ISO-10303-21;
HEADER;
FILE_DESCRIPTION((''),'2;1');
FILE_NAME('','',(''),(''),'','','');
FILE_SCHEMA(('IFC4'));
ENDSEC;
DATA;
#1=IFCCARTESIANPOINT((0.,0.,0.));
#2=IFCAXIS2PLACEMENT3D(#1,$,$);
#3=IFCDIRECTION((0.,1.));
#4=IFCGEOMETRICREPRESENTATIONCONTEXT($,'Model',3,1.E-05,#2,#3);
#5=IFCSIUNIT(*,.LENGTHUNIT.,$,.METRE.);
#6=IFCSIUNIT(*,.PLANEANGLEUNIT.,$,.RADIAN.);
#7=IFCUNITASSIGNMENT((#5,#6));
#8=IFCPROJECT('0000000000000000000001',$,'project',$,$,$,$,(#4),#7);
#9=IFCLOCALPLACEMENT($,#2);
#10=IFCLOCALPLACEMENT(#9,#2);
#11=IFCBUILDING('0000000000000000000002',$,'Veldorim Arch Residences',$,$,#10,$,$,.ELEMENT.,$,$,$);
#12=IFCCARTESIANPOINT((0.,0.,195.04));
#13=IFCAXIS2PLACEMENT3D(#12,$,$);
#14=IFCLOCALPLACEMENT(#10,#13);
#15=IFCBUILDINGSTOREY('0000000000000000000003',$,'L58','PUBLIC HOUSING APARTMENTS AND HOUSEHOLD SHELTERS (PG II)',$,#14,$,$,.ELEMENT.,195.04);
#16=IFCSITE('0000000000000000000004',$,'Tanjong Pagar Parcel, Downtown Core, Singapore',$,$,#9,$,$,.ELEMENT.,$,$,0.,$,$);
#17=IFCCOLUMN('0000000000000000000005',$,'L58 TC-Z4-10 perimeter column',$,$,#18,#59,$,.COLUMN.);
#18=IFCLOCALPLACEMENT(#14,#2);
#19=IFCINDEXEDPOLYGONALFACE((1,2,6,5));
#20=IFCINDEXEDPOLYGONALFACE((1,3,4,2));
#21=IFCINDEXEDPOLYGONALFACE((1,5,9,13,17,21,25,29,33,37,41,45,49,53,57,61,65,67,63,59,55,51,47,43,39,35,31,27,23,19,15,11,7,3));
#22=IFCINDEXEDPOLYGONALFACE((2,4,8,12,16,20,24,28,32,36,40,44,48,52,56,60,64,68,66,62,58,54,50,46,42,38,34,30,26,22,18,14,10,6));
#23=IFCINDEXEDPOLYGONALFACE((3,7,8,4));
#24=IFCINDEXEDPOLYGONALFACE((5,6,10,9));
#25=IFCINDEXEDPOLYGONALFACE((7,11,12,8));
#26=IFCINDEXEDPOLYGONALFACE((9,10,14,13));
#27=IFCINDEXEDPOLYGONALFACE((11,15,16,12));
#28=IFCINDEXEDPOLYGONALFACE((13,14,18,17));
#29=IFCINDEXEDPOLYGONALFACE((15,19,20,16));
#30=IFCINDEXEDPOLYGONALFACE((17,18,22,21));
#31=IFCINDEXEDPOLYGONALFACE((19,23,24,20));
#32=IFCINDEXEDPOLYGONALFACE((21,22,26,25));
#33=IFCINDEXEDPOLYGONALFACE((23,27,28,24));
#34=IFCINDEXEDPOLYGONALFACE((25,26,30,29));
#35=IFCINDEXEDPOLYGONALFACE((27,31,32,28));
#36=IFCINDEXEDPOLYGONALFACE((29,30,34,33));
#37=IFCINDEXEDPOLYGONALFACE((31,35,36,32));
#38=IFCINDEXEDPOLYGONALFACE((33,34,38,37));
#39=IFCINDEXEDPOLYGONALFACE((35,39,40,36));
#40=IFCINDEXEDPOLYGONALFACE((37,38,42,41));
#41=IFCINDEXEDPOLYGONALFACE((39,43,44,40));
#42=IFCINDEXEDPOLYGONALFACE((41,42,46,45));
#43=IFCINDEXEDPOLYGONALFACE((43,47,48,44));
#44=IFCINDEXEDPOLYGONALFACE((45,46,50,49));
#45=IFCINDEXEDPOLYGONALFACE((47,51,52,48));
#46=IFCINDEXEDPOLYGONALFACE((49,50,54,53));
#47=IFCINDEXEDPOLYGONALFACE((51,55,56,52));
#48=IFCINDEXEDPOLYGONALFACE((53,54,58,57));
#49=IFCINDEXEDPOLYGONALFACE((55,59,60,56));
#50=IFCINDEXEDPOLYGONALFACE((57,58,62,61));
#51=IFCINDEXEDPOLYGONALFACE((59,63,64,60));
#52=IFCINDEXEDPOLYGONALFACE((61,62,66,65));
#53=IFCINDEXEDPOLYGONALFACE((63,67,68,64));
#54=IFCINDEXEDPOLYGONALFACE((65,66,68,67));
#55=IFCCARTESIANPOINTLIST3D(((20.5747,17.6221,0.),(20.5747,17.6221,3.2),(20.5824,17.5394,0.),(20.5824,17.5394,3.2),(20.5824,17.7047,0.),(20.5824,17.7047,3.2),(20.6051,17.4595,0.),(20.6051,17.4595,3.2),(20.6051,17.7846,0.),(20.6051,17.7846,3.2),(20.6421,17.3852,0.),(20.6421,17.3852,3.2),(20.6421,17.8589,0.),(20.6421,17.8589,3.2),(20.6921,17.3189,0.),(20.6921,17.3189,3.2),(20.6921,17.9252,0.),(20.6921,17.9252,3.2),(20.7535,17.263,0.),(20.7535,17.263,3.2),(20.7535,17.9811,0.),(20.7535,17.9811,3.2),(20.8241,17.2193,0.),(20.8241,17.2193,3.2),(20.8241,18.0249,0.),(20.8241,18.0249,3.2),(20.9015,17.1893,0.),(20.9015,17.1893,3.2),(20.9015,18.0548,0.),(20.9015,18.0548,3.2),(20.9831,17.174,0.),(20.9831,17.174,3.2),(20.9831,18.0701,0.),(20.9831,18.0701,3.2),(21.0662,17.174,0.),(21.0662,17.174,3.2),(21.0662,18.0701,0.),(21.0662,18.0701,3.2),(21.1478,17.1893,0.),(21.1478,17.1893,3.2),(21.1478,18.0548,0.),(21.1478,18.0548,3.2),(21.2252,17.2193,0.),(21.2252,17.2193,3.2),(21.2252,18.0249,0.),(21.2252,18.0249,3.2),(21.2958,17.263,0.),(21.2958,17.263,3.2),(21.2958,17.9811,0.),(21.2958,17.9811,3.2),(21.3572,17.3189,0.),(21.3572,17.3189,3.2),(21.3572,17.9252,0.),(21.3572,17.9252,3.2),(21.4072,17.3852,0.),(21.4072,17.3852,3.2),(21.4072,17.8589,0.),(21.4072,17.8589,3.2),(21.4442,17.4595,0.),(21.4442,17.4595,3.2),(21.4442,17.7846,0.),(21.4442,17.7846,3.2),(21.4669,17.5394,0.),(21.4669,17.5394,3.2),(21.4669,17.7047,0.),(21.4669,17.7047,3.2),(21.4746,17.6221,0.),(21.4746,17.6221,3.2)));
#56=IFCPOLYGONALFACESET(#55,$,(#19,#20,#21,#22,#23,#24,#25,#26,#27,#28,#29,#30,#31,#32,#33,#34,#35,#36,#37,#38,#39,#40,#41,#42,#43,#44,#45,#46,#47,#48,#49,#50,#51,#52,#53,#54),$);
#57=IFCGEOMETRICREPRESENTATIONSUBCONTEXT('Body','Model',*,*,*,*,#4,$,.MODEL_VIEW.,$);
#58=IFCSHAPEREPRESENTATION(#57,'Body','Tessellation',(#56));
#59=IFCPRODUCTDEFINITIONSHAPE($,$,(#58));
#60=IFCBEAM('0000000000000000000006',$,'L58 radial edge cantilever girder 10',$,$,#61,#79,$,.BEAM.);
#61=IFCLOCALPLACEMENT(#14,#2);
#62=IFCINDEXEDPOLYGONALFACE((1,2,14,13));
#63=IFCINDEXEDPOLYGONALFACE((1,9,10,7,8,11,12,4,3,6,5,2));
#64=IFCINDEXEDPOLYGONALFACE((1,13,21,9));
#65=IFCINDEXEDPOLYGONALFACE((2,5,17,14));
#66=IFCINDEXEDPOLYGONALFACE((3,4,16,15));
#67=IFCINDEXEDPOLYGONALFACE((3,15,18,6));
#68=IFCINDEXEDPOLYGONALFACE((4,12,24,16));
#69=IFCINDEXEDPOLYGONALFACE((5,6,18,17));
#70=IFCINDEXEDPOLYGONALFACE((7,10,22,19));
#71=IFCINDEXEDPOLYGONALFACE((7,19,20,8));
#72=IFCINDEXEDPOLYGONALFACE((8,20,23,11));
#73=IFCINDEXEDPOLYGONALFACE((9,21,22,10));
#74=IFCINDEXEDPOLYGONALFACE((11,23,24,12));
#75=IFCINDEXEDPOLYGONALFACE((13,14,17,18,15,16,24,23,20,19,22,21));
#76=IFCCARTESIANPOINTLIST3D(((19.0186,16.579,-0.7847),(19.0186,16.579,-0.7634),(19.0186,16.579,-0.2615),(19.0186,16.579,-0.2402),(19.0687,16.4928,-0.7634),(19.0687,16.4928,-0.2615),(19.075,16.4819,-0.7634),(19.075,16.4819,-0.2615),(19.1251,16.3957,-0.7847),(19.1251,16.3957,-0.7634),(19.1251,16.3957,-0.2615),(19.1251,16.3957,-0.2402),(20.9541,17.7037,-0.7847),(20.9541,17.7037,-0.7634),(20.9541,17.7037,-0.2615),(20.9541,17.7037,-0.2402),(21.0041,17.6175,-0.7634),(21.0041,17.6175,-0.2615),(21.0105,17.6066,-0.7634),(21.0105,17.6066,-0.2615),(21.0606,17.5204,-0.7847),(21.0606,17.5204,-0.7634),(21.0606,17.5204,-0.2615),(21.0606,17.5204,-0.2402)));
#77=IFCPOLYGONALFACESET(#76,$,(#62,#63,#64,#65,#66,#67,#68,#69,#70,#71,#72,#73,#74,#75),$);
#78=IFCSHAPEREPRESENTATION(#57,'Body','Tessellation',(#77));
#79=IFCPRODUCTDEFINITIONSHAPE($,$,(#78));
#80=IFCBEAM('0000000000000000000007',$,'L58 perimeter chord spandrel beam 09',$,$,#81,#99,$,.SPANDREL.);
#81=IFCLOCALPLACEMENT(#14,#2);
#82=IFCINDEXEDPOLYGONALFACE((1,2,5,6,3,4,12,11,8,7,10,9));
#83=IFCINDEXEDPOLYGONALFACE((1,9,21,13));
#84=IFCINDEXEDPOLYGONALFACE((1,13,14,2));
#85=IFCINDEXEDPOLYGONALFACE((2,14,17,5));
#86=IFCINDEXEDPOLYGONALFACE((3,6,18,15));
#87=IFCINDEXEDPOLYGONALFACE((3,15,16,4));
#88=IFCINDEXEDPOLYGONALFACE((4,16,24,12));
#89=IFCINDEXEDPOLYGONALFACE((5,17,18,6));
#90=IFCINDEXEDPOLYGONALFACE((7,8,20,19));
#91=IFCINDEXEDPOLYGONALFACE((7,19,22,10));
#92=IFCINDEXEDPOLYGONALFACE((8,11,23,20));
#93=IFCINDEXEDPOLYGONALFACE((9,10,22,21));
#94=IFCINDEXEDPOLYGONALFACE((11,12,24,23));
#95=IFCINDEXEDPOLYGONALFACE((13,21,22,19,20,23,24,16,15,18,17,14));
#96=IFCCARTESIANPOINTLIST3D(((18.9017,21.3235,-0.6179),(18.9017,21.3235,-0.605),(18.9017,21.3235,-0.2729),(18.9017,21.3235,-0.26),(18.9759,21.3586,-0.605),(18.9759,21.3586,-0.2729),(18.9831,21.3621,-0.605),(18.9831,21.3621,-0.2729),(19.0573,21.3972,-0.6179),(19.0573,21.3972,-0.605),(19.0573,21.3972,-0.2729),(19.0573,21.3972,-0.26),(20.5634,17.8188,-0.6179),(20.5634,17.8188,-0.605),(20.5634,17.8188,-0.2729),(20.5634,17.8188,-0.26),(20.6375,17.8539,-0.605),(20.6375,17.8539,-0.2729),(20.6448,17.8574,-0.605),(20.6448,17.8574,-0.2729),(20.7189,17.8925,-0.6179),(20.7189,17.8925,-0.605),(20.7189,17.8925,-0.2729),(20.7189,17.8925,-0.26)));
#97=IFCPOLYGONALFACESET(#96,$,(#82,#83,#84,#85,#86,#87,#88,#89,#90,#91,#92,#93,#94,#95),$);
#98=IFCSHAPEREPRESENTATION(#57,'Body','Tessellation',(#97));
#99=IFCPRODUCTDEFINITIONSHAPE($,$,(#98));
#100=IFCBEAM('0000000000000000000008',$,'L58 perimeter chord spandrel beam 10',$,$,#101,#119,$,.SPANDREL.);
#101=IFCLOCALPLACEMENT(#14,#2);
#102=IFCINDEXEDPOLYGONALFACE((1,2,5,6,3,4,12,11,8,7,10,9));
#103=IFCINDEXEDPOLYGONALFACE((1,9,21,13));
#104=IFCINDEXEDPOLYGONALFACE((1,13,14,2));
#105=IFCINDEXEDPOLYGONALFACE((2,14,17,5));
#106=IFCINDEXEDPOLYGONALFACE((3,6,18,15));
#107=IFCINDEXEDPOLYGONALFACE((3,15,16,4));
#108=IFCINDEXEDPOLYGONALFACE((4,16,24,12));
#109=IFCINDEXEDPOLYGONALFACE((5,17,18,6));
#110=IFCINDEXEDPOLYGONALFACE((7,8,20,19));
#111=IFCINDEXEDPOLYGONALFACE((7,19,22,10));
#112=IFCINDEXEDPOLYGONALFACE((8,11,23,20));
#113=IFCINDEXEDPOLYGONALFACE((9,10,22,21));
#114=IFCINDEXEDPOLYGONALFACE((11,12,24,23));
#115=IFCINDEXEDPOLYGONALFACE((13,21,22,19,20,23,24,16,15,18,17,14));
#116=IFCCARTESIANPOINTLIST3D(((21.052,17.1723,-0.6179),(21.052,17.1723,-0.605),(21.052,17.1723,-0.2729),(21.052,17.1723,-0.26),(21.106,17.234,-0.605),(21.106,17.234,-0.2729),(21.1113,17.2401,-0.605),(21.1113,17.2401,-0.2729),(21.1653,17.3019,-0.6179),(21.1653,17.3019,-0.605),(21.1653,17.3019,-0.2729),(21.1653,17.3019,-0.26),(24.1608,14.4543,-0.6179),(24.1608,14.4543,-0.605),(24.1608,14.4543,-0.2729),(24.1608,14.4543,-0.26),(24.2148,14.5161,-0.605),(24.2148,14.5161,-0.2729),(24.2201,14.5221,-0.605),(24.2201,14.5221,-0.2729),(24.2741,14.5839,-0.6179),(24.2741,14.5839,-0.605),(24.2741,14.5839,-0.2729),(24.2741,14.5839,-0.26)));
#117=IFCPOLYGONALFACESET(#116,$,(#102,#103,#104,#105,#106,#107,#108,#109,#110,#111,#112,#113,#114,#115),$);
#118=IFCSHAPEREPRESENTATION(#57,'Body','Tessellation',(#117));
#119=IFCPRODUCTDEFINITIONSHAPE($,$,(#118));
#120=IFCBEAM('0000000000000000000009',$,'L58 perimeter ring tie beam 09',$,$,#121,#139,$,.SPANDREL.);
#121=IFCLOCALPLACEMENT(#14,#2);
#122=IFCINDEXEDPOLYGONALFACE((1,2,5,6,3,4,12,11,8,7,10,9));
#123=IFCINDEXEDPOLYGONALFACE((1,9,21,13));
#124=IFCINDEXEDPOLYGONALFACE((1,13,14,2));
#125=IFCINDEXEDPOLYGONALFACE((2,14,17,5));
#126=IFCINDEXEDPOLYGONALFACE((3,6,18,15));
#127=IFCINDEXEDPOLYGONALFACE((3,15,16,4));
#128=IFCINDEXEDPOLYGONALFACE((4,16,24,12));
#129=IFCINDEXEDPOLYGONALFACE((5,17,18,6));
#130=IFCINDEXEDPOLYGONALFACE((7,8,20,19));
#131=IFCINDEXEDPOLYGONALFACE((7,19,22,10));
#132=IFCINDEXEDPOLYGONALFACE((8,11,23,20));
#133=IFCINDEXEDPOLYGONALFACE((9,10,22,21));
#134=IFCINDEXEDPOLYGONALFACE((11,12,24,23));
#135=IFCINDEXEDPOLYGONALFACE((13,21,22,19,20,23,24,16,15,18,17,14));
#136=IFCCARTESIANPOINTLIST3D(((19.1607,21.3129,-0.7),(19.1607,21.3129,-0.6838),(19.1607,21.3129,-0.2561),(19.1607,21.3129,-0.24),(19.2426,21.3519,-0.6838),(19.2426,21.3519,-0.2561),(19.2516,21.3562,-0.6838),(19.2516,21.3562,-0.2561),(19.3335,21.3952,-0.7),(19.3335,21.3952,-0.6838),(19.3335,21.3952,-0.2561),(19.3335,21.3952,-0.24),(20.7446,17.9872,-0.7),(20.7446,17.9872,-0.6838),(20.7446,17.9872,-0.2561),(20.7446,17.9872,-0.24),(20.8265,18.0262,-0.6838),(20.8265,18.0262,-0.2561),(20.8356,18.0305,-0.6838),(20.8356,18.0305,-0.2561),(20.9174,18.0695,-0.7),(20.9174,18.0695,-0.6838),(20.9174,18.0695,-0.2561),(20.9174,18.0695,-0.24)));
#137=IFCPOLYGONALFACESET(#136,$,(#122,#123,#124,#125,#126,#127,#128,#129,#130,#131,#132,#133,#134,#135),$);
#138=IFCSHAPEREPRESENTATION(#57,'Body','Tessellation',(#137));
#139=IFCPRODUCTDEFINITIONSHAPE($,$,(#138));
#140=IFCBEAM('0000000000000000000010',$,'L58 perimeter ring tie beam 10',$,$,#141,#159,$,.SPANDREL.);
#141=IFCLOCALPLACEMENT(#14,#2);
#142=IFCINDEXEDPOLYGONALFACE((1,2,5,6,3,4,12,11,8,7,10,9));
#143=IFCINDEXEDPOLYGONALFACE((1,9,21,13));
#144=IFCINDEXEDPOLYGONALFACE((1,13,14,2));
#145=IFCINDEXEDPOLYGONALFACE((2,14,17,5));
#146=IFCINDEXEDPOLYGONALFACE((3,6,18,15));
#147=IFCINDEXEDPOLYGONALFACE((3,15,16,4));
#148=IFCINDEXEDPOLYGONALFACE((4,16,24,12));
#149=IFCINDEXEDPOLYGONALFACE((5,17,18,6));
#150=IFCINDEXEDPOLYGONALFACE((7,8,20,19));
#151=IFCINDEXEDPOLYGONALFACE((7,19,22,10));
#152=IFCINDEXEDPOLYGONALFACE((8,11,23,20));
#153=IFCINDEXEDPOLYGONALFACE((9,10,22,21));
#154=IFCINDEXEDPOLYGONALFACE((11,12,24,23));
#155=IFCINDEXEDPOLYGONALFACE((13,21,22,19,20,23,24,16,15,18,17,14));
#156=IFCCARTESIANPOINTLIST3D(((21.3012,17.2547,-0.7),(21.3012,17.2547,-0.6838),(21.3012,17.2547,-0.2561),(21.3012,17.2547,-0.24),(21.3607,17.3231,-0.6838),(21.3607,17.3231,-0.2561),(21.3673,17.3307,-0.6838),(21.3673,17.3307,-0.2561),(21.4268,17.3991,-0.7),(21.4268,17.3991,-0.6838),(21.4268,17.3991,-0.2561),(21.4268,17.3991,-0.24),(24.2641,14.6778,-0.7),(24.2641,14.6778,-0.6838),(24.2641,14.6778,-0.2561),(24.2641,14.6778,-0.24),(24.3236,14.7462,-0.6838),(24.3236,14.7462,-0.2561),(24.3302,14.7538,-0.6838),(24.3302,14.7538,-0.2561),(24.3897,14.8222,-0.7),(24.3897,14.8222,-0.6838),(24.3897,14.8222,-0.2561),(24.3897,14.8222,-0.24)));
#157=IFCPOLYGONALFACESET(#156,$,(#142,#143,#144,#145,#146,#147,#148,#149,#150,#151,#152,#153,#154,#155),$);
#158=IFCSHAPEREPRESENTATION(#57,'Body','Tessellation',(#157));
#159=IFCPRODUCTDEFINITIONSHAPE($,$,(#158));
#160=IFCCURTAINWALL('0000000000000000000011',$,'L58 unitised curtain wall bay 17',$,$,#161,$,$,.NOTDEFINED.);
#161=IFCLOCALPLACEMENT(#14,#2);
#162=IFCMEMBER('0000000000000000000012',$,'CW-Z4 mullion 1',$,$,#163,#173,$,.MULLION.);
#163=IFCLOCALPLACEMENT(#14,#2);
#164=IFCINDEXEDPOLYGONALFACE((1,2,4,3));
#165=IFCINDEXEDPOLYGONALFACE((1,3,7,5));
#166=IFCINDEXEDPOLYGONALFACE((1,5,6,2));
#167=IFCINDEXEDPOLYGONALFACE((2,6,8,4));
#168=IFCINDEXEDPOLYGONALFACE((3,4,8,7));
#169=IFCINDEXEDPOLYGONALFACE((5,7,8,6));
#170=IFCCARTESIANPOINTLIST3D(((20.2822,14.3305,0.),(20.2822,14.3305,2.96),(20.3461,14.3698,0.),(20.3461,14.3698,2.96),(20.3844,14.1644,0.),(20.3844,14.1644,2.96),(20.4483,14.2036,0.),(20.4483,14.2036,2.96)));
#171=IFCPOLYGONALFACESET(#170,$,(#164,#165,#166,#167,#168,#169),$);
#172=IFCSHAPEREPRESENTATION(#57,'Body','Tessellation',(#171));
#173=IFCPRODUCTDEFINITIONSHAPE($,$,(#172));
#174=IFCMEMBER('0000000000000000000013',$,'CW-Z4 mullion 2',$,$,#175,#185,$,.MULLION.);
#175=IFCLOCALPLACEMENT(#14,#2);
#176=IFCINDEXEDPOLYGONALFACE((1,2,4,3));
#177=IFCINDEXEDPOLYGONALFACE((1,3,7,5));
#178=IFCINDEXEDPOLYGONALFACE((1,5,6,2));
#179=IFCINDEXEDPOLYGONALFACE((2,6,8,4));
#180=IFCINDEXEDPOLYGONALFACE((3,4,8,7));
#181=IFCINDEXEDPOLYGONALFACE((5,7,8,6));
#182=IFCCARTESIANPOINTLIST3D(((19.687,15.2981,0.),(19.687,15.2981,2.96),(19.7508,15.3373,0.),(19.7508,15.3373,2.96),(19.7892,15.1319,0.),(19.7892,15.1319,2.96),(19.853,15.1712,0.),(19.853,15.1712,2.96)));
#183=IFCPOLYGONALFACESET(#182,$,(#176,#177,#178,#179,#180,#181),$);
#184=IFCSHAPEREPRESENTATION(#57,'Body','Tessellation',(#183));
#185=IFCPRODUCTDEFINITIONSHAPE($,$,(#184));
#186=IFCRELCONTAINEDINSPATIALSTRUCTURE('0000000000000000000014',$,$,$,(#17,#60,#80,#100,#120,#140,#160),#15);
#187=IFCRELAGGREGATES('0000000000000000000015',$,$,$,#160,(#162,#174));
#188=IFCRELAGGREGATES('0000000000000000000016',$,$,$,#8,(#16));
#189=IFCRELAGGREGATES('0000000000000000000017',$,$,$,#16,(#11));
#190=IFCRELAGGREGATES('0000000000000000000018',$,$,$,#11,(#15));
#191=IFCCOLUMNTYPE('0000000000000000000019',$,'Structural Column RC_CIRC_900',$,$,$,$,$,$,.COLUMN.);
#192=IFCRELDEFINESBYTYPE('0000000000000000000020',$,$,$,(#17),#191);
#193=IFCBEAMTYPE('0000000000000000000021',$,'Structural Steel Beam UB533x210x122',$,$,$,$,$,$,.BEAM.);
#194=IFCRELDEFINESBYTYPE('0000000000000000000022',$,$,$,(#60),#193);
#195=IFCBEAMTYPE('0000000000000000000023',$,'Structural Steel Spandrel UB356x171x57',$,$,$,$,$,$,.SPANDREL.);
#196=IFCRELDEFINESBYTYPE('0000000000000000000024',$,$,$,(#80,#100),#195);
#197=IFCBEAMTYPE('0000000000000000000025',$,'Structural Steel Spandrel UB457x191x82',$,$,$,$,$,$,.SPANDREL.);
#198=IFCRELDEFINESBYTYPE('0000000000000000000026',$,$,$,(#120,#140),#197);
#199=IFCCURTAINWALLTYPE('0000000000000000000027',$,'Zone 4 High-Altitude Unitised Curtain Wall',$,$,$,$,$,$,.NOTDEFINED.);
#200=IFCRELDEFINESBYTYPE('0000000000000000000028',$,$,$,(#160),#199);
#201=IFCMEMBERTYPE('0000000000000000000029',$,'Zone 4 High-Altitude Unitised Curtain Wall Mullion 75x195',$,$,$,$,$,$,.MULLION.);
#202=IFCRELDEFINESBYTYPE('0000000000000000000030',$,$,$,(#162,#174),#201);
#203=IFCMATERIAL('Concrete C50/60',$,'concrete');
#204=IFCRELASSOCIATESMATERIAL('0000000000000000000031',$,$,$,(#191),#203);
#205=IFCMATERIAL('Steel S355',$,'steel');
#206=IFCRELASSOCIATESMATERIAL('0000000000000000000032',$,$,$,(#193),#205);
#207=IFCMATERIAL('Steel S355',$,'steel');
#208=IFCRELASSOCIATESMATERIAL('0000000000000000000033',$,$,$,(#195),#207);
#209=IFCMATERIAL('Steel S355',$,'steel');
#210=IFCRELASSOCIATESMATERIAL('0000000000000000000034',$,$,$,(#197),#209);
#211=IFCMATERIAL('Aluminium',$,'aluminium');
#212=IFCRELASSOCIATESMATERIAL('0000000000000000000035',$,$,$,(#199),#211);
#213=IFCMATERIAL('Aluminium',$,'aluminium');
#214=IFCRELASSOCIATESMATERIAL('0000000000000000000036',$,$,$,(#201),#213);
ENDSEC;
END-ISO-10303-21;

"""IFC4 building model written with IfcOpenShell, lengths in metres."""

from ifc_helpers import new_model, si_unit, direction, frame, origin, origin_2d, place, context, subcontext, project, spatial, rectangle, circle, i_section, extrude, material, material_profile, profile_set, type_object, element, aggregate, save


model = new_model("IFC4")

# Units and contexts
model_context = context("Model", 3, precision=1e-05, world=origin(), true_north=direction((0.0, 1.0)))
body_context = subcontext(model_context, "Body", "Model", "MODEL_VIEW")
ifc_project = project(units=[si_unit("LENGTHUNIT", "METRE"), si_unit("PLANEANGLEUNIT", "RADIAN")], contexts=[model_context])

# Site, building, storey
site_placement = place(None, origin())
site = spatial("IfcSite", under=ifc_project, at=site_placement, Name="Tanjong Pagar Parcel, Downtown Core, Singapore", CompositionType="ELEMENT", RefElevation=0.0)
building_placement = place(site_placement, origin())
building = spatial("IfcBuilding", under=site, at=building_placement, Name="Veldorim Arch Residences", CompositionType="ELEMENT")
storey_placement = place(building_placement, frame((0.0, 0.0, 195.04)))
storey = spatial("IfcBuildingStorey", under=building, at=storey_placement, Name="L58", Description="PUBLIC HOUSING APARTMENTS AND HOUSEHOLD SHELTERS (PG II)", CompositionType="ELEMENT", Elevation=195.04)

# Column
ifc_material_1 = material(Name="Concrete C50/60", Category="concrete")
ifc_material_profile_1 = material_profile(ifc_material_1, circle(Radius=0.45, at=origin_2d()), Name="RC_CIRC_900")
ifc_profile_set_1 = profile_set([ifc_material_profile_1], Name="Concrete C50/60")
column_type = type_object("IfcColumnType", Name="Structural Column RC_CIRC_900", PredefinedType="COLUMN", material=ifc_profile_set_1)
column_placement = place(storey_placement, frame((21.0247, 17.6221, 0.0), z_axis=(0.0, 0.0, 1.0), x_axis=(1.0, 0.0, 0.0)))
element("IfcColumn", 1, at=column_placement, inside=storey, type_object=column_type, Name="L58 TC-Z4-10 perimeter column", PredefinedType="COLUMN", context=body_context, shape_type="SweptSolid", body=[
    extrude(circle(Radius=0.45, at=origin_2d()), origin(), (0.0, 0.0, 1.0), 3.2),
])

# Beams
ifc_material_2 = material(Name="Steel S355", Category="steel")
ifc_material_profile_2 = material_profile(ifc_material_2, i_section(OverallWidth=0.2119, OverallDepth=0.5444, WebThickness=0.0127, FlangeThickness=0.0212, at=origin_2d()), Name="UB533x210x122")
ifc_profile_set_2 = profile_set([ifc_material_profile_2], Name="Steel S355")
beam_type_1 = type_object("IfcBeamType", Name="Structural Steel Beam UB533x210x122", PredefinedType="BEAM", material=ifc_profile_set_2)
beam_1_placement = place(storey_placement, frame((21.0073, 17.6121, -0.5125), z_axis=(-0.864616, -0.502433, 0.0), x_axis=(0.502433, -0.864616, 0.0)))
element("IfcBeam", 2, at=beam_1_placement, inside=storey, type_object=beam_type_1, Name="L58 radial edge cantilever girder 10", PredefinedType="BEAM", context=body_context, shape_type="SweptSolid", body=[
    extrude(i_section(OverallWidth=0.2119, OverallDepth=0.5444, WebThickness=0.0127, FlangeThickness=0.0212, at=origin_2d()), origin(), (0.0, 0.0, 1.0), 2.2385),
])
ifc_material_3 = material(Name="Steel S355", Category="steel")
ifc_material_profile_3 = material_profile(ifc_material_3, i_section(OverallWidth=0.1721, OverallDepth=0.3579, WebThickness=0.0081, FlangeThickness=0.0129, at=origin_2d()), Name="UB356x171x57")
ifc_profile_set_3 = profile_set([ifc_material_profile_3], Name="Steel S355")
beam_type_2 = type_object("IfcBeamType", Name="Structural Steel Spandrel UB356x171x57", PredefinedType="SPANDREL", material=ifc_profile_set_3)
beam_2_placement = place(storey_placement, frame((18.9795, 21.3604, -0.439), z_axis=(0.428408, -0.903585, 0.0), x_axis=(0.903585, 0.428408, 0.0)))
element("IfcBeam", 3, at=beam_2_placement, inside=storey, type_object=beam_type_2, Name="L58 perimeter chord spandrel beam 09", PredefinedType="SPANDREL", context=body_context, shape_type="SweptSolid", body=[
    extrude(i_section(OverallWidth=0.1721, OverallDepth=0.3579, WebThickness=0.0081, FlangeThickness=0.0129, at=origin_2d()), origin(), (0.0, 0.0, 1.0), 3.8787),
])
beam_3_placement = place(storey_placement, frame((21.1086, 17.2371, -0.439), z_axis=(0.752848, -0.658195, 0.0), x_axis=(0.658195, 0.752848, 0.0)))
element("IfcBeam", 4, at=beam_3_placement, inside=storey, type_object=beam_type_2, Name="L58 perimeter chord spandrel beam 10", PredefinedType="SPANDREL", context=body_context, shape_type="SweptSolid", body=[
    extrude(i_section(OverallWidth=0.1721, OverallDepth=0.3579, WebThickness=0.0081, FlangeThickness=0.0129, at=origin_2d()), origin(), (0.0, 0.0, 1.0), 4.1294),
])
ifc_material_4 = material(Name="Steel S355", Category="steel")
ifc_material_profile_4 = material_profile(ifc_material_4, i_section(OverallWidth=0.1914, OverallDepth=0.46, WebThickness=0.01, FlangeThickness=0.0161, at=origin_2d()), Name="UB457x191x82")
ifc_profile_set_4 = profile_set([ifc_material_profile_4], Name="Steel S355")
beam_type_3 = type_object("IfcBeamType", Name="Structural Steel Spandrel UB457x191x82", PredefinedType="SPANDREL", material=ifc_profile_set_4)
beam_4_placement = place(storey_placement, frame((19.2471, 21.354, -0.47), z_axis=(0.430006, -0.902826, 0.0), x_axis=(0.902826, 0.430006, 0.0)))
element("IfcBeam", 5, at=beam_4_placement, inside=storey, type_object=beam_type_3, Name="L58 perimeter ring tie beam 09", PredefinedType="SPANDREL", context=body_context, shape_type="SweptSolid", body=[
    extrude(i_section(OverallWidth=0.1914, OverallDepth=0.46, WebThickness=0.01, FlangeThickness=0.0161, at=origin_2d()), origin(), (0.0, 0.0, 1.0), 3.6836),
])
beam_5_placement = place(storey_placement, frame((21.364, 17.3269, -0.47), z_axis=(0.754545, -0.656248, 0.0), x_axis=(0.656248, 0.754545, 0.0)))
element("IfcBeam", 6, at=beam_5_placement, inside=storey, type_object=beam_type_3, Name="L58 perimeter ring tie beam 10", PredefinedType="SPANDREL", context=body_context, shape_type="SweptSolid", body=[
    extrude(i_section(OverallWidth=0.1914, OverallDepth=0.46, WebThickness=0.01, FlangeThickness=0.0161, at=origin_2d()), origin(), (0.0, 0.0, 1.0), 3.9268),
])

# Curtain wall, members
ifc_material_5 = material(Name="Aluminium", Category="aluminium")
curtain_wall_type = type_object("IfcCurtainWallType", Name="Zone 4 High-Altitude Unitised Curtain Wall", PredefinedType="NOTDEFINED", material=ifc_material_5)
curtain_wall_placement = place(storey_placement, origin())
curtain_wall = element("IfcCurtainWall", 7, at=curtain_wall_placement, inside=storey, type_object=curtain_wall_type, Name="L58 unitised curtain wall bay 17", PredefinedType="NOTDEFINED")
ifc_material_6 = material(Name="Aluminium", Category="aluminium")
ifc_material_profile_5 = material_profile(ifc_material_6, rectangle(XDim=0.075, YDim=0.1951, at=origin_2d()), Name="ALU_MUL_75x195")
ifc_profile_set_5 = profile_set([ifc_material_profile_5], Name="Aluminium")
member_type_1 = type_object("IfcMemberType", Name="Zone 4 High-Altitude Unitised Curtain Wall Mullion 75x195", PredefinedType="MULLION", material=ifc_profile_set_5)
member_1_placement = place(storey_placement, frame((20.3652, 14.2671, 0.0), z_axis=(0.0, 0.0, 1.0), x_axis=(-0.851802, -0.523864, 0.0)))
member_1 = element("IfcMember", 8, at=member_1_placement, type_object=member_type_1, Name="CW-Z4 mullion 1", PredefinedType="MULLION", context=body_context, shape_type="SweptSolid", body=[
    extrude(rectangle(XDim=0.075, YDim=0.1951, at=origin_2d()), origin(), (0.0, 0.0, 1.0), 2.96),
])
member_2_placement = place(storey_placement, frame((19.77, 15.2346, 0.0), z_axis=(0.0, 0.0, 1.0), x_axis=(-0.851802, -0.523864, 0.0)))
member_2 = element("IfcMember", 9, at=member_2_placement, type_object=member_type_1, Name="CW-Z4 mullion 2", PredefinedType="MULLION", context=body_context, shape_type="SweptSolid", body=[
    extrude(rectangle(XDim=0.075, YDim=0.1951, at=origin_2d()), origin(), (0.0, 0.0, 1.0), 2.96),
])

aggregate(curtain_wall, [member_1, member_2])

save(model, "model.ifc")
